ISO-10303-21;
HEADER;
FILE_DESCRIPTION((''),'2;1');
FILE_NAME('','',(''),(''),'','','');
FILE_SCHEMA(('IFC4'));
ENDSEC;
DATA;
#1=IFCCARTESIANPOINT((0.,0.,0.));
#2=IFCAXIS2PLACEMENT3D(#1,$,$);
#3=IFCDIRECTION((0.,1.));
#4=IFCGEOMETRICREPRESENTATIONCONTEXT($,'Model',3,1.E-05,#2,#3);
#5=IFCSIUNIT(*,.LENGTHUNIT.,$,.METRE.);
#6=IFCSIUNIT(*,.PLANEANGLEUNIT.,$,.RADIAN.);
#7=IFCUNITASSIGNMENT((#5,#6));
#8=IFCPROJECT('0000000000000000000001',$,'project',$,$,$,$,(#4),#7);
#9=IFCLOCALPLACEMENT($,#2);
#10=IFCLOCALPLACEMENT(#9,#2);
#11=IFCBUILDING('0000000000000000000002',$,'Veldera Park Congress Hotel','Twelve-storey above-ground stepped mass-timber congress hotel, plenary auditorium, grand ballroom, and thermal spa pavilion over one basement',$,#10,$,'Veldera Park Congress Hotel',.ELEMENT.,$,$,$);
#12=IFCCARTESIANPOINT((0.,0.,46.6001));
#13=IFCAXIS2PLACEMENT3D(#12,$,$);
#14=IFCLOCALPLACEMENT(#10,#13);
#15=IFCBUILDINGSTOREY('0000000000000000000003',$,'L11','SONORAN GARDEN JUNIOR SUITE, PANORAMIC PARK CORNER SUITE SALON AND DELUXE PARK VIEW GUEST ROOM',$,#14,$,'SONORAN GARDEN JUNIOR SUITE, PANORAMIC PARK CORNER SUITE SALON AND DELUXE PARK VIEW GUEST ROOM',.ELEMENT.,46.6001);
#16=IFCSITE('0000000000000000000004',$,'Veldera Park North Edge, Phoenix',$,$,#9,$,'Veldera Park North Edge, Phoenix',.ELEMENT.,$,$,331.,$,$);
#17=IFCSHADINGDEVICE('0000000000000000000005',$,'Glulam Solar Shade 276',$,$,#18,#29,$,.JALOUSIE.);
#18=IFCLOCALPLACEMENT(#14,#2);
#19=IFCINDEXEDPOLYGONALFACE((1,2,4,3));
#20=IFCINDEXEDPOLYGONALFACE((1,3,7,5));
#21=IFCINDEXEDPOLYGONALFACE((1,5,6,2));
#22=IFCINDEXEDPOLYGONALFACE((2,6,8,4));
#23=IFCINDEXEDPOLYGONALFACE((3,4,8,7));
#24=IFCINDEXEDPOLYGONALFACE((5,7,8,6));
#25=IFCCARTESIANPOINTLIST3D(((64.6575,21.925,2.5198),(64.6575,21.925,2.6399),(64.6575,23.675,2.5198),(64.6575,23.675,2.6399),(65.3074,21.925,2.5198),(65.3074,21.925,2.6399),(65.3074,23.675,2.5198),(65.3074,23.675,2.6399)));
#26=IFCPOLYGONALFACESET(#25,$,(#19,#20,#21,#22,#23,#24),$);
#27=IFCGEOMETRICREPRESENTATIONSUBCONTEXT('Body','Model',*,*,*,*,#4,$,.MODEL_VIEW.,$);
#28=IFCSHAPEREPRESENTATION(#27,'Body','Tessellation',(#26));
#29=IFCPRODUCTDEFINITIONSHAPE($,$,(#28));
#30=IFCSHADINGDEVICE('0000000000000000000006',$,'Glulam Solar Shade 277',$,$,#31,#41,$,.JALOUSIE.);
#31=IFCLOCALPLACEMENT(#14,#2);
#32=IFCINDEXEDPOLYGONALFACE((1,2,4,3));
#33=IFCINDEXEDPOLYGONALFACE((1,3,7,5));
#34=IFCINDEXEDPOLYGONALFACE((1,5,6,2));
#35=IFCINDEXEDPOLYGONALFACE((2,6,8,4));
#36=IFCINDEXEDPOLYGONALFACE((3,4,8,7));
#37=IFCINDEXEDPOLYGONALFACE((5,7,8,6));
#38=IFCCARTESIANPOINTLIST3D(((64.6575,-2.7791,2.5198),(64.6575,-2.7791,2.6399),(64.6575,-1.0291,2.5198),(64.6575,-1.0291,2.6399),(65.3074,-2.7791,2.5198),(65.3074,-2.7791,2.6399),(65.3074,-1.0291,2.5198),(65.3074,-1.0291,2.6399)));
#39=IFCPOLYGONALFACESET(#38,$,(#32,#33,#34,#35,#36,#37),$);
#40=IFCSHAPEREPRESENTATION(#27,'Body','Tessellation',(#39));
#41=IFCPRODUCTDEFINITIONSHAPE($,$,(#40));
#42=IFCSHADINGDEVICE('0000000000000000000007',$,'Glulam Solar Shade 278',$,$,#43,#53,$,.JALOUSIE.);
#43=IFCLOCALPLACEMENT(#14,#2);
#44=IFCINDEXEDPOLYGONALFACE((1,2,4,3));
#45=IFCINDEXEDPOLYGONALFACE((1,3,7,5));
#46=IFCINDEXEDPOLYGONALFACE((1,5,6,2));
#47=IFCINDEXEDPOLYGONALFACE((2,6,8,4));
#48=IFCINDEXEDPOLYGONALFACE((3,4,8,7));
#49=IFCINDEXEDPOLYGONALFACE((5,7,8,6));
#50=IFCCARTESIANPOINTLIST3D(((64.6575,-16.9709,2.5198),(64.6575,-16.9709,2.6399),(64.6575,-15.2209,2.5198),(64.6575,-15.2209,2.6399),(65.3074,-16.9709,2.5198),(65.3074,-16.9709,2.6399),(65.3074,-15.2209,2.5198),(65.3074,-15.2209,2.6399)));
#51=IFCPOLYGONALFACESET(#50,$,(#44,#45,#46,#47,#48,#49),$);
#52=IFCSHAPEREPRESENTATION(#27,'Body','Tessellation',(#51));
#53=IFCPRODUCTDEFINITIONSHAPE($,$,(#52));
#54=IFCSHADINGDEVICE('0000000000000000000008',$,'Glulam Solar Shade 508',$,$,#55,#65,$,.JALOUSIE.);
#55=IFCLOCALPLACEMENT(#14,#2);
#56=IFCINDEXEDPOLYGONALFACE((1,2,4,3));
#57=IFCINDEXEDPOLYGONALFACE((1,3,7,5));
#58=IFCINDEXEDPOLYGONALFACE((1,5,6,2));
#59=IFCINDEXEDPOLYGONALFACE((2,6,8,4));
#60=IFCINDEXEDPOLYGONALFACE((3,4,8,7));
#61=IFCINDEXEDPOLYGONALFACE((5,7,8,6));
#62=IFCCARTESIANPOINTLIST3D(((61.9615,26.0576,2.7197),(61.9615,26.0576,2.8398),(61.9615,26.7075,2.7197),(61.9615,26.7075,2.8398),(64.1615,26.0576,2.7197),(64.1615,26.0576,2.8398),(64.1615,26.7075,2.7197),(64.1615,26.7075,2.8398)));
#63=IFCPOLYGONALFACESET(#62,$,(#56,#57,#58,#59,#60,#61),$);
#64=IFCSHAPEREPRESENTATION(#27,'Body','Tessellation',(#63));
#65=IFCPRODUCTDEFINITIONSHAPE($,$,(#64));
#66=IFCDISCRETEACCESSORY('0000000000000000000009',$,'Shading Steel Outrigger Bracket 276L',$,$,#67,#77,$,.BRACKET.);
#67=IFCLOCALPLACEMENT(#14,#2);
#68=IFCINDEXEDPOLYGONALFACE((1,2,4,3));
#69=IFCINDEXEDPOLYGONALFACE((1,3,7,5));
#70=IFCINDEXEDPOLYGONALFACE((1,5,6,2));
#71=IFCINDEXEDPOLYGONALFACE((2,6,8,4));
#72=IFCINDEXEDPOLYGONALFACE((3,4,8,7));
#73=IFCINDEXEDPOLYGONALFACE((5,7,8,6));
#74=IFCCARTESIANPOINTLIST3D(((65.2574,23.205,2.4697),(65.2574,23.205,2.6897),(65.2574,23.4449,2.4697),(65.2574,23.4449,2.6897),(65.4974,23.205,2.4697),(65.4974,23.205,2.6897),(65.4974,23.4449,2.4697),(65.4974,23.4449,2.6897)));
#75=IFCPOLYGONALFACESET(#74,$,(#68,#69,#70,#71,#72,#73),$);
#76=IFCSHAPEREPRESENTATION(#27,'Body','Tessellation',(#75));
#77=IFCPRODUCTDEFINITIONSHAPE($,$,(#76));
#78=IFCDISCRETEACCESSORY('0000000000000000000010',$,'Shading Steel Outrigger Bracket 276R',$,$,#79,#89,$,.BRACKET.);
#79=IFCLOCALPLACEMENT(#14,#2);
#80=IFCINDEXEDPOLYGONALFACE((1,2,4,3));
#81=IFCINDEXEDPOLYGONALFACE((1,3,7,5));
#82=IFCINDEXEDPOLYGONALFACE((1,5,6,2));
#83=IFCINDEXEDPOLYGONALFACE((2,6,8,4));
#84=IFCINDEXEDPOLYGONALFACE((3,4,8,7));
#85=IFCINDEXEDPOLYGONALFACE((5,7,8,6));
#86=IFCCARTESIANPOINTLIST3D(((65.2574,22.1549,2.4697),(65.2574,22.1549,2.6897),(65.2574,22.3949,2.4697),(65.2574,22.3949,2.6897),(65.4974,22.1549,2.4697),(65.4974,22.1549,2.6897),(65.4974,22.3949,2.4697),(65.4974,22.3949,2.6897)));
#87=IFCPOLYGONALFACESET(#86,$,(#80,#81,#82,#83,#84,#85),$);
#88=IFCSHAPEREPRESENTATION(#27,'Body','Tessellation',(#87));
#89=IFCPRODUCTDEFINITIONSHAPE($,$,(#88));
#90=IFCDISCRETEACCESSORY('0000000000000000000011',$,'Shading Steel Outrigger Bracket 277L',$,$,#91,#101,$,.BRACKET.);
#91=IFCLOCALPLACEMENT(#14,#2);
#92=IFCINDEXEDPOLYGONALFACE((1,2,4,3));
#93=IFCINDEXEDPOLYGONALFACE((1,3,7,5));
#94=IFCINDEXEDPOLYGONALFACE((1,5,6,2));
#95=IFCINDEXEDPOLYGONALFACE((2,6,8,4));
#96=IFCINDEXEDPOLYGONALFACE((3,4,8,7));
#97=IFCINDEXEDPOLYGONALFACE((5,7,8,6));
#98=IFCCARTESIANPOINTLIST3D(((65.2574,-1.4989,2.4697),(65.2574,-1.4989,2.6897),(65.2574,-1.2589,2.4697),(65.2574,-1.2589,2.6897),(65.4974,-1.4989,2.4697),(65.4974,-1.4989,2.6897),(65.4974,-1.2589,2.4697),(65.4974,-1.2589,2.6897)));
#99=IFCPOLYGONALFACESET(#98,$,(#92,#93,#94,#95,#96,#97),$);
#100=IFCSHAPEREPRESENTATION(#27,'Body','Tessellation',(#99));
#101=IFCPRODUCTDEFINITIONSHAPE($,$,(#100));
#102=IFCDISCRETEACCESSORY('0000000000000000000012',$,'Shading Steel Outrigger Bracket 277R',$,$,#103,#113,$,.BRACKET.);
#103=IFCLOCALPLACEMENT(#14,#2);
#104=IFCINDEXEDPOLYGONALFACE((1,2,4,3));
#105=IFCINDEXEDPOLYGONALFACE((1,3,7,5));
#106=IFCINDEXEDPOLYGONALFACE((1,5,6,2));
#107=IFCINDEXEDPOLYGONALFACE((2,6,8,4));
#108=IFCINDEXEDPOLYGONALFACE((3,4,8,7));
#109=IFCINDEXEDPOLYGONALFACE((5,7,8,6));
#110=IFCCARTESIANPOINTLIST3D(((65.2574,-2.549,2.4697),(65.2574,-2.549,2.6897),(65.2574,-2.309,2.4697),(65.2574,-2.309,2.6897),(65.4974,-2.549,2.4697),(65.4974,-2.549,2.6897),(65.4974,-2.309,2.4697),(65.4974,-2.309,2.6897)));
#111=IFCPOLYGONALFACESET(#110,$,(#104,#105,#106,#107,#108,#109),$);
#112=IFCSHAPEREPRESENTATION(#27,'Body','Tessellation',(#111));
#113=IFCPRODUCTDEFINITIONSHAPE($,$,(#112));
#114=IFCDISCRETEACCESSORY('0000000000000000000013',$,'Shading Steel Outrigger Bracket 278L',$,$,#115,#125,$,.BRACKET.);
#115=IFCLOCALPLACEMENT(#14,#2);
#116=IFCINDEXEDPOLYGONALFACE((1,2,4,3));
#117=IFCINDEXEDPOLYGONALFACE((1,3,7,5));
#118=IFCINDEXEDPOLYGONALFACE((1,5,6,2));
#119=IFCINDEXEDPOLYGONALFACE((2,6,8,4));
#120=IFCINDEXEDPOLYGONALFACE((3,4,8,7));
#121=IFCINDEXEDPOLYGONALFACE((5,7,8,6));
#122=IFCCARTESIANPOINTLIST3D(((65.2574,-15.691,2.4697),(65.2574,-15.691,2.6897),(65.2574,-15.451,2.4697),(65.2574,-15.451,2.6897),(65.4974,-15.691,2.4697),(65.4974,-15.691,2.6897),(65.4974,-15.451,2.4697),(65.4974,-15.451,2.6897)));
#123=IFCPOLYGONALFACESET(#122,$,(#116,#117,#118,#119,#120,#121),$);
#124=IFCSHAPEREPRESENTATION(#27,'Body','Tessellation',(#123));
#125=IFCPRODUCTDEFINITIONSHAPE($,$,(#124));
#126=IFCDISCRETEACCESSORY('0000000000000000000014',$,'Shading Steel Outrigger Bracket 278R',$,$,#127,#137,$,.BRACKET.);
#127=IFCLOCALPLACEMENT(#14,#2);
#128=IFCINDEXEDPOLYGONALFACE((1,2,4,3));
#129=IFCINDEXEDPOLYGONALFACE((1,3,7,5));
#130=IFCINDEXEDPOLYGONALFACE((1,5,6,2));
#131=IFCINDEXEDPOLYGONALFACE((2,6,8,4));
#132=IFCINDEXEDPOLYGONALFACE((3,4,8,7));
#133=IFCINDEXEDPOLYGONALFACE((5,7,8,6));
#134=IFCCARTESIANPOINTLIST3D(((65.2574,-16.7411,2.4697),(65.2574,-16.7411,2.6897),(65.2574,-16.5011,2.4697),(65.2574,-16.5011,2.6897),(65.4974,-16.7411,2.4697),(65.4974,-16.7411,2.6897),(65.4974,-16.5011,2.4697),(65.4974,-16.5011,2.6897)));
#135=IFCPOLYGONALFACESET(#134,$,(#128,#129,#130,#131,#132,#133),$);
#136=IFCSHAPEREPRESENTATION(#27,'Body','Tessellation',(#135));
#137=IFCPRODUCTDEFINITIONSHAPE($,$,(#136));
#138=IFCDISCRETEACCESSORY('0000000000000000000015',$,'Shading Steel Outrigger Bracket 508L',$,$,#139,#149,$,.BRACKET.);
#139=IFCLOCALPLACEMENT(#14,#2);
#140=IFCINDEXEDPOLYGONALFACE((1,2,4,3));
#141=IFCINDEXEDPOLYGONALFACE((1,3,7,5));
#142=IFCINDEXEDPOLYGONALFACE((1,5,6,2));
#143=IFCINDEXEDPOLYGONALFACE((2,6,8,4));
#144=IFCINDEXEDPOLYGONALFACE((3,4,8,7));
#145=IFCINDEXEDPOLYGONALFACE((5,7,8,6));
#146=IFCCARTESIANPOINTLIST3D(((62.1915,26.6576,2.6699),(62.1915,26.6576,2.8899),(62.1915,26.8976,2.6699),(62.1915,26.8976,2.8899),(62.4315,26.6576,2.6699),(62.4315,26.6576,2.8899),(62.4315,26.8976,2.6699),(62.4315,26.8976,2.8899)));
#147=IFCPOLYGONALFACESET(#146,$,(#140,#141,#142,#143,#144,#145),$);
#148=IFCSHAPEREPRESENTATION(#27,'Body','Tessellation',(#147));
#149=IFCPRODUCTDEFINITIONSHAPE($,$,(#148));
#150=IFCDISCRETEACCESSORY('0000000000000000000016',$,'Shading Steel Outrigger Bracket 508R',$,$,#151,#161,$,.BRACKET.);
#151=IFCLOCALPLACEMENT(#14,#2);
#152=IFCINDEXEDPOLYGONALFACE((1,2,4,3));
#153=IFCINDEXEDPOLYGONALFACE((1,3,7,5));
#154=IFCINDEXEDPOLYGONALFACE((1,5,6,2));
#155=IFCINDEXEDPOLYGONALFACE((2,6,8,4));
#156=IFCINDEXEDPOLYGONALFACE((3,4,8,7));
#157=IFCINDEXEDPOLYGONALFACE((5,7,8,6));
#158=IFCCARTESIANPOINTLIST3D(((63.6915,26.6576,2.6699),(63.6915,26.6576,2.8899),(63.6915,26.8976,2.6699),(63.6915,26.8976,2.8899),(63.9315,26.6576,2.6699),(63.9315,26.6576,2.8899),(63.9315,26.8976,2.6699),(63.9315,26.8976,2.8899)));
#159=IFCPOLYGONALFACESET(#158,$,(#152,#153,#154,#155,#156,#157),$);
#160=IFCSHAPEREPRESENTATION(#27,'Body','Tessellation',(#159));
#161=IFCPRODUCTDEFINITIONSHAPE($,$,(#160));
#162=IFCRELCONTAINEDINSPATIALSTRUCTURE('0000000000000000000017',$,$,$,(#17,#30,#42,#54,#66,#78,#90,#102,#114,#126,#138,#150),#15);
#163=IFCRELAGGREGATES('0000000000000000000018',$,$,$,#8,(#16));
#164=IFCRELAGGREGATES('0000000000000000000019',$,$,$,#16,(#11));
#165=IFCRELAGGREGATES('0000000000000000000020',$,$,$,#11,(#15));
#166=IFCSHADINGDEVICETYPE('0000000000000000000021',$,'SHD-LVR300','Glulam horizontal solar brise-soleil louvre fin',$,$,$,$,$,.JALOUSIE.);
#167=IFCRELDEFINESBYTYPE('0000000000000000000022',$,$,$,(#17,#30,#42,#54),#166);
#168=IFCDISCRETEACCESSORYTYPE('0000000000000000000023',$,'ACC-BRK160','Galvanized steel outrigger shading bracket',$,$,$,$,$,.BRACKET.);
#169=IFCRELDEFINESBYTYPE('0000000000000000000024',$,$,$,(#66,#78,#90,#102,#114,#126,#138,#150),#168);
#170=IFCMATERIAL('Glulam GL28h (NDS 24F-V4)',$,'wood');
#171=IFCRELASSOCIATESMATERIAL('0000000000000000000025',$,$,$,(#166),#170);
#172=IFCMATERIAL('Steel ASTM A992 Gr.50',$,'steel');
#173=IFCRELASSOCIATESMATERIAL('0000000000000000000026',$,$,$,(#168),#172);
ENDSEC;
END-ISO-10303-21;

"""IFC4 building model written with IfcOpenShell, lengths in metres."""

from ifc_helpers import new_model, si_unit, direction, frame, origin, origin_2d, place, context, subcontext, project, spatial, rectangle, extrude, material, type_object, element, save


model = new_model("IFC4")

# Units and contexts
model_context = context("Model", 3, precision=1e-05, world=origin(), true_north=direction((0.0, 1.0)))
body_context = subcontext(model_context, "Body", "Model", "MODEL_VIEW")
ifc_project = project(units=[si_unit("LENGTHUNIT", "METRE"), si_unit("PLANEANGLEUNIT", "RADIAN")], contexts=[model_context])

# Site, building, storey
site_placement = place(None, origin())
site = spatial("IfcSite", under=ifc_project, at=site_placement, Name="Veldera Park North Edge, Phoenix", LongName="Veldera Park North Edge, Phoenix", CompositionType="ELEMENT", RefElevation=331.0)
building_placement = place(site_placement, origin())
building = spatial("IfcBuilding", under=site, at=building_placement, Name="Veldera Park Congress Hotel", Description="Twelve-storey above-ground stepped mass-timber congress hotel, plenary auditorium, grand ballroom, and thermal spa pavilion over one basement", LongName="Veldera Park Congress Hotel", CompositionType="ELEMENT")
storey_placement = place(building_placement, frame((0.0, 0.0, 46.6001)))
storey = spatial("IfcBuildingStorey", under=building, at=storey_placement, Name="L11", Description="SONORAN GARDEN JUNIOR SUITE, PANORAMIC PARK CORNER SUITE SALON AND DELUXE PARK VIEW GUEST ROOM", LongName="SONORAN GARDEN JUNIOR SUITE, PANORAMIC PARK CORNER SUITE SALON AND DELUXE PARK VIEW GUEST ROOM", CompositionType="ELEMENT", Elevation=46.6001)

# Shared definitions
ifc_material_1 = material(Name="Glulam GL28h (NDS 24F-V4)", Category="wood")

# Shading devices
shading_device_type = type_object("IfcShadingDeviceType", Name="SHD-LVR300", Description="Glulam horizontal solar brise-soleil louvre fin", PredefinedType="JALOUSIE", material=ifc_material_1)
for number, where, z_axis, x_axis, name in (
    (1, (64.9824, 22.8, 2.5198), (0.0, 0.0, 1.0), (0.0, -1.0, 0.0), "Glulam Solar Shade 276"),
    (2, (64.9824, -1.9041, 2.5198), (0.0, 0.0, 1.0), (0.0, -1.0, 0.0), "Glulam Solar Shade 277"),
    (3, (64.9824, -16.0959, 2.5198), (0.0, 0.0, 1.0), (0.0, -1.0, 0.0), "Glulam Solar Shade 278"),
):
    element("IfcShadingDevice", number, at=place(storey_placement, frame(where, z_axis=z_axis, x_axis=x_axis)), inside=storey, type_object=shading_device_type, Name=name, PredefinedType="JALOUSIE", context=body_context, shape_type="SweptSolid", body=[
        extrude(rectangle(XDim=1.75, YDim=0.6499, at=origin_2d()), origin(), (0.0, 0.0, 1.0), 0.1201),
    ])
shading_device_placement = place(storey_placement, frame((63.0615, 26.3826, 2.7197), z_axis=(0.0, 0.0, 1.0), x_axis=(1.0, 0.0, 0.0)))
element("IfcShadingDevice", 4, at=shading_device_placement, inside=storey, type_object=shading_device_type, Name="Glulam Solar Shade 508", PredefinedType="JALOUSIE", context=body_context, shape_type="SweptSolid", body=[
    extrude(rectangle(XDim=2.2, YDim=0.6499, at=origin_2d()), origin(), (0.0, 0.0, 1.0), 0.1201),
])

# Discrete accessories
ifc_material_2 = material(Name="Steel ASTM A992 Gr.50", Category="steel")
discrete_accessory_type = type_object("IfcDiscreteAccessoryType", Name="ACC-BRK160", Description="Galvanized steel outrigger shading bracket", PredefinedType="BRACKET", material=ifc_material_2)
for number, where, z_axis, x_axis, name in (
    (5, (65.3774, 23.325, 2.4697), (0.0, 0.0, 1.0), (0.0, -1.0, 0.0), "Shading Steel Outrigger Bracket 276L"),
    (6, (65.3774, 22.2749, 2.4697), (0.0, 0.0, 1.0), (0.0, -1.0, 0.0), "Shading Steel Outrigger Bracket 276R"),
    (7, (65.3774, -1.3789, 2.4697), (0.0, 0.0, 1.0), (0.0, -1.0, 0.0), "Shading Steel Outrigger Bracket 277L"),
    (8, (65.3774, -2.429, 2.4697), (0.0, 0.0, 1.0), (0.0, -1.0, 0.0), "Shading Steel Outrigger Bracket 277R"),
    (9, (65.3774, -15.571, 2.4697), (0.0, 0.0, 1.0), (0.0, -1.0, 0.0), "Shading Steel Outrigger Bracket 278L"),
    (10, (65.3774, -16.6211, 2.4697), (0.0, 0.0, 1.0), (0.0, -1.0, 0.0), "Shading Steel Outrigger Bracket 278R"),
    (11, (62.3115, 26.7776, 2.6699), (0.0, 0.0, 1.0), (1.0, 0.0, 0.0), "Shading Steel Outrigger Bracket 508L"),
    (12, (63.8115, 26.7776, 2.6699), (0.0, 0.0, 1.0), (1.0, 0.0, 0.0), "Shading Steel Outrigger Bracket 508R"),
):
    element("IfcDiscreteAccessory", number, at=place(storey_placement, frame(where, z_axis=z_axis, x_axis=x_axis)), inside=storey, type_object=discrete_accessory_type, Name=name, PredefinedType="BRACKET", context=body_context, shape_type="SweptSolid", body=[
        extrude(rectangle(XDim=0.24, YDim=0.24, at=origin_2d()), origin(), (0.0, 0.0, 1.0), 0.22),
    ])

save(model, "model.ifc")
